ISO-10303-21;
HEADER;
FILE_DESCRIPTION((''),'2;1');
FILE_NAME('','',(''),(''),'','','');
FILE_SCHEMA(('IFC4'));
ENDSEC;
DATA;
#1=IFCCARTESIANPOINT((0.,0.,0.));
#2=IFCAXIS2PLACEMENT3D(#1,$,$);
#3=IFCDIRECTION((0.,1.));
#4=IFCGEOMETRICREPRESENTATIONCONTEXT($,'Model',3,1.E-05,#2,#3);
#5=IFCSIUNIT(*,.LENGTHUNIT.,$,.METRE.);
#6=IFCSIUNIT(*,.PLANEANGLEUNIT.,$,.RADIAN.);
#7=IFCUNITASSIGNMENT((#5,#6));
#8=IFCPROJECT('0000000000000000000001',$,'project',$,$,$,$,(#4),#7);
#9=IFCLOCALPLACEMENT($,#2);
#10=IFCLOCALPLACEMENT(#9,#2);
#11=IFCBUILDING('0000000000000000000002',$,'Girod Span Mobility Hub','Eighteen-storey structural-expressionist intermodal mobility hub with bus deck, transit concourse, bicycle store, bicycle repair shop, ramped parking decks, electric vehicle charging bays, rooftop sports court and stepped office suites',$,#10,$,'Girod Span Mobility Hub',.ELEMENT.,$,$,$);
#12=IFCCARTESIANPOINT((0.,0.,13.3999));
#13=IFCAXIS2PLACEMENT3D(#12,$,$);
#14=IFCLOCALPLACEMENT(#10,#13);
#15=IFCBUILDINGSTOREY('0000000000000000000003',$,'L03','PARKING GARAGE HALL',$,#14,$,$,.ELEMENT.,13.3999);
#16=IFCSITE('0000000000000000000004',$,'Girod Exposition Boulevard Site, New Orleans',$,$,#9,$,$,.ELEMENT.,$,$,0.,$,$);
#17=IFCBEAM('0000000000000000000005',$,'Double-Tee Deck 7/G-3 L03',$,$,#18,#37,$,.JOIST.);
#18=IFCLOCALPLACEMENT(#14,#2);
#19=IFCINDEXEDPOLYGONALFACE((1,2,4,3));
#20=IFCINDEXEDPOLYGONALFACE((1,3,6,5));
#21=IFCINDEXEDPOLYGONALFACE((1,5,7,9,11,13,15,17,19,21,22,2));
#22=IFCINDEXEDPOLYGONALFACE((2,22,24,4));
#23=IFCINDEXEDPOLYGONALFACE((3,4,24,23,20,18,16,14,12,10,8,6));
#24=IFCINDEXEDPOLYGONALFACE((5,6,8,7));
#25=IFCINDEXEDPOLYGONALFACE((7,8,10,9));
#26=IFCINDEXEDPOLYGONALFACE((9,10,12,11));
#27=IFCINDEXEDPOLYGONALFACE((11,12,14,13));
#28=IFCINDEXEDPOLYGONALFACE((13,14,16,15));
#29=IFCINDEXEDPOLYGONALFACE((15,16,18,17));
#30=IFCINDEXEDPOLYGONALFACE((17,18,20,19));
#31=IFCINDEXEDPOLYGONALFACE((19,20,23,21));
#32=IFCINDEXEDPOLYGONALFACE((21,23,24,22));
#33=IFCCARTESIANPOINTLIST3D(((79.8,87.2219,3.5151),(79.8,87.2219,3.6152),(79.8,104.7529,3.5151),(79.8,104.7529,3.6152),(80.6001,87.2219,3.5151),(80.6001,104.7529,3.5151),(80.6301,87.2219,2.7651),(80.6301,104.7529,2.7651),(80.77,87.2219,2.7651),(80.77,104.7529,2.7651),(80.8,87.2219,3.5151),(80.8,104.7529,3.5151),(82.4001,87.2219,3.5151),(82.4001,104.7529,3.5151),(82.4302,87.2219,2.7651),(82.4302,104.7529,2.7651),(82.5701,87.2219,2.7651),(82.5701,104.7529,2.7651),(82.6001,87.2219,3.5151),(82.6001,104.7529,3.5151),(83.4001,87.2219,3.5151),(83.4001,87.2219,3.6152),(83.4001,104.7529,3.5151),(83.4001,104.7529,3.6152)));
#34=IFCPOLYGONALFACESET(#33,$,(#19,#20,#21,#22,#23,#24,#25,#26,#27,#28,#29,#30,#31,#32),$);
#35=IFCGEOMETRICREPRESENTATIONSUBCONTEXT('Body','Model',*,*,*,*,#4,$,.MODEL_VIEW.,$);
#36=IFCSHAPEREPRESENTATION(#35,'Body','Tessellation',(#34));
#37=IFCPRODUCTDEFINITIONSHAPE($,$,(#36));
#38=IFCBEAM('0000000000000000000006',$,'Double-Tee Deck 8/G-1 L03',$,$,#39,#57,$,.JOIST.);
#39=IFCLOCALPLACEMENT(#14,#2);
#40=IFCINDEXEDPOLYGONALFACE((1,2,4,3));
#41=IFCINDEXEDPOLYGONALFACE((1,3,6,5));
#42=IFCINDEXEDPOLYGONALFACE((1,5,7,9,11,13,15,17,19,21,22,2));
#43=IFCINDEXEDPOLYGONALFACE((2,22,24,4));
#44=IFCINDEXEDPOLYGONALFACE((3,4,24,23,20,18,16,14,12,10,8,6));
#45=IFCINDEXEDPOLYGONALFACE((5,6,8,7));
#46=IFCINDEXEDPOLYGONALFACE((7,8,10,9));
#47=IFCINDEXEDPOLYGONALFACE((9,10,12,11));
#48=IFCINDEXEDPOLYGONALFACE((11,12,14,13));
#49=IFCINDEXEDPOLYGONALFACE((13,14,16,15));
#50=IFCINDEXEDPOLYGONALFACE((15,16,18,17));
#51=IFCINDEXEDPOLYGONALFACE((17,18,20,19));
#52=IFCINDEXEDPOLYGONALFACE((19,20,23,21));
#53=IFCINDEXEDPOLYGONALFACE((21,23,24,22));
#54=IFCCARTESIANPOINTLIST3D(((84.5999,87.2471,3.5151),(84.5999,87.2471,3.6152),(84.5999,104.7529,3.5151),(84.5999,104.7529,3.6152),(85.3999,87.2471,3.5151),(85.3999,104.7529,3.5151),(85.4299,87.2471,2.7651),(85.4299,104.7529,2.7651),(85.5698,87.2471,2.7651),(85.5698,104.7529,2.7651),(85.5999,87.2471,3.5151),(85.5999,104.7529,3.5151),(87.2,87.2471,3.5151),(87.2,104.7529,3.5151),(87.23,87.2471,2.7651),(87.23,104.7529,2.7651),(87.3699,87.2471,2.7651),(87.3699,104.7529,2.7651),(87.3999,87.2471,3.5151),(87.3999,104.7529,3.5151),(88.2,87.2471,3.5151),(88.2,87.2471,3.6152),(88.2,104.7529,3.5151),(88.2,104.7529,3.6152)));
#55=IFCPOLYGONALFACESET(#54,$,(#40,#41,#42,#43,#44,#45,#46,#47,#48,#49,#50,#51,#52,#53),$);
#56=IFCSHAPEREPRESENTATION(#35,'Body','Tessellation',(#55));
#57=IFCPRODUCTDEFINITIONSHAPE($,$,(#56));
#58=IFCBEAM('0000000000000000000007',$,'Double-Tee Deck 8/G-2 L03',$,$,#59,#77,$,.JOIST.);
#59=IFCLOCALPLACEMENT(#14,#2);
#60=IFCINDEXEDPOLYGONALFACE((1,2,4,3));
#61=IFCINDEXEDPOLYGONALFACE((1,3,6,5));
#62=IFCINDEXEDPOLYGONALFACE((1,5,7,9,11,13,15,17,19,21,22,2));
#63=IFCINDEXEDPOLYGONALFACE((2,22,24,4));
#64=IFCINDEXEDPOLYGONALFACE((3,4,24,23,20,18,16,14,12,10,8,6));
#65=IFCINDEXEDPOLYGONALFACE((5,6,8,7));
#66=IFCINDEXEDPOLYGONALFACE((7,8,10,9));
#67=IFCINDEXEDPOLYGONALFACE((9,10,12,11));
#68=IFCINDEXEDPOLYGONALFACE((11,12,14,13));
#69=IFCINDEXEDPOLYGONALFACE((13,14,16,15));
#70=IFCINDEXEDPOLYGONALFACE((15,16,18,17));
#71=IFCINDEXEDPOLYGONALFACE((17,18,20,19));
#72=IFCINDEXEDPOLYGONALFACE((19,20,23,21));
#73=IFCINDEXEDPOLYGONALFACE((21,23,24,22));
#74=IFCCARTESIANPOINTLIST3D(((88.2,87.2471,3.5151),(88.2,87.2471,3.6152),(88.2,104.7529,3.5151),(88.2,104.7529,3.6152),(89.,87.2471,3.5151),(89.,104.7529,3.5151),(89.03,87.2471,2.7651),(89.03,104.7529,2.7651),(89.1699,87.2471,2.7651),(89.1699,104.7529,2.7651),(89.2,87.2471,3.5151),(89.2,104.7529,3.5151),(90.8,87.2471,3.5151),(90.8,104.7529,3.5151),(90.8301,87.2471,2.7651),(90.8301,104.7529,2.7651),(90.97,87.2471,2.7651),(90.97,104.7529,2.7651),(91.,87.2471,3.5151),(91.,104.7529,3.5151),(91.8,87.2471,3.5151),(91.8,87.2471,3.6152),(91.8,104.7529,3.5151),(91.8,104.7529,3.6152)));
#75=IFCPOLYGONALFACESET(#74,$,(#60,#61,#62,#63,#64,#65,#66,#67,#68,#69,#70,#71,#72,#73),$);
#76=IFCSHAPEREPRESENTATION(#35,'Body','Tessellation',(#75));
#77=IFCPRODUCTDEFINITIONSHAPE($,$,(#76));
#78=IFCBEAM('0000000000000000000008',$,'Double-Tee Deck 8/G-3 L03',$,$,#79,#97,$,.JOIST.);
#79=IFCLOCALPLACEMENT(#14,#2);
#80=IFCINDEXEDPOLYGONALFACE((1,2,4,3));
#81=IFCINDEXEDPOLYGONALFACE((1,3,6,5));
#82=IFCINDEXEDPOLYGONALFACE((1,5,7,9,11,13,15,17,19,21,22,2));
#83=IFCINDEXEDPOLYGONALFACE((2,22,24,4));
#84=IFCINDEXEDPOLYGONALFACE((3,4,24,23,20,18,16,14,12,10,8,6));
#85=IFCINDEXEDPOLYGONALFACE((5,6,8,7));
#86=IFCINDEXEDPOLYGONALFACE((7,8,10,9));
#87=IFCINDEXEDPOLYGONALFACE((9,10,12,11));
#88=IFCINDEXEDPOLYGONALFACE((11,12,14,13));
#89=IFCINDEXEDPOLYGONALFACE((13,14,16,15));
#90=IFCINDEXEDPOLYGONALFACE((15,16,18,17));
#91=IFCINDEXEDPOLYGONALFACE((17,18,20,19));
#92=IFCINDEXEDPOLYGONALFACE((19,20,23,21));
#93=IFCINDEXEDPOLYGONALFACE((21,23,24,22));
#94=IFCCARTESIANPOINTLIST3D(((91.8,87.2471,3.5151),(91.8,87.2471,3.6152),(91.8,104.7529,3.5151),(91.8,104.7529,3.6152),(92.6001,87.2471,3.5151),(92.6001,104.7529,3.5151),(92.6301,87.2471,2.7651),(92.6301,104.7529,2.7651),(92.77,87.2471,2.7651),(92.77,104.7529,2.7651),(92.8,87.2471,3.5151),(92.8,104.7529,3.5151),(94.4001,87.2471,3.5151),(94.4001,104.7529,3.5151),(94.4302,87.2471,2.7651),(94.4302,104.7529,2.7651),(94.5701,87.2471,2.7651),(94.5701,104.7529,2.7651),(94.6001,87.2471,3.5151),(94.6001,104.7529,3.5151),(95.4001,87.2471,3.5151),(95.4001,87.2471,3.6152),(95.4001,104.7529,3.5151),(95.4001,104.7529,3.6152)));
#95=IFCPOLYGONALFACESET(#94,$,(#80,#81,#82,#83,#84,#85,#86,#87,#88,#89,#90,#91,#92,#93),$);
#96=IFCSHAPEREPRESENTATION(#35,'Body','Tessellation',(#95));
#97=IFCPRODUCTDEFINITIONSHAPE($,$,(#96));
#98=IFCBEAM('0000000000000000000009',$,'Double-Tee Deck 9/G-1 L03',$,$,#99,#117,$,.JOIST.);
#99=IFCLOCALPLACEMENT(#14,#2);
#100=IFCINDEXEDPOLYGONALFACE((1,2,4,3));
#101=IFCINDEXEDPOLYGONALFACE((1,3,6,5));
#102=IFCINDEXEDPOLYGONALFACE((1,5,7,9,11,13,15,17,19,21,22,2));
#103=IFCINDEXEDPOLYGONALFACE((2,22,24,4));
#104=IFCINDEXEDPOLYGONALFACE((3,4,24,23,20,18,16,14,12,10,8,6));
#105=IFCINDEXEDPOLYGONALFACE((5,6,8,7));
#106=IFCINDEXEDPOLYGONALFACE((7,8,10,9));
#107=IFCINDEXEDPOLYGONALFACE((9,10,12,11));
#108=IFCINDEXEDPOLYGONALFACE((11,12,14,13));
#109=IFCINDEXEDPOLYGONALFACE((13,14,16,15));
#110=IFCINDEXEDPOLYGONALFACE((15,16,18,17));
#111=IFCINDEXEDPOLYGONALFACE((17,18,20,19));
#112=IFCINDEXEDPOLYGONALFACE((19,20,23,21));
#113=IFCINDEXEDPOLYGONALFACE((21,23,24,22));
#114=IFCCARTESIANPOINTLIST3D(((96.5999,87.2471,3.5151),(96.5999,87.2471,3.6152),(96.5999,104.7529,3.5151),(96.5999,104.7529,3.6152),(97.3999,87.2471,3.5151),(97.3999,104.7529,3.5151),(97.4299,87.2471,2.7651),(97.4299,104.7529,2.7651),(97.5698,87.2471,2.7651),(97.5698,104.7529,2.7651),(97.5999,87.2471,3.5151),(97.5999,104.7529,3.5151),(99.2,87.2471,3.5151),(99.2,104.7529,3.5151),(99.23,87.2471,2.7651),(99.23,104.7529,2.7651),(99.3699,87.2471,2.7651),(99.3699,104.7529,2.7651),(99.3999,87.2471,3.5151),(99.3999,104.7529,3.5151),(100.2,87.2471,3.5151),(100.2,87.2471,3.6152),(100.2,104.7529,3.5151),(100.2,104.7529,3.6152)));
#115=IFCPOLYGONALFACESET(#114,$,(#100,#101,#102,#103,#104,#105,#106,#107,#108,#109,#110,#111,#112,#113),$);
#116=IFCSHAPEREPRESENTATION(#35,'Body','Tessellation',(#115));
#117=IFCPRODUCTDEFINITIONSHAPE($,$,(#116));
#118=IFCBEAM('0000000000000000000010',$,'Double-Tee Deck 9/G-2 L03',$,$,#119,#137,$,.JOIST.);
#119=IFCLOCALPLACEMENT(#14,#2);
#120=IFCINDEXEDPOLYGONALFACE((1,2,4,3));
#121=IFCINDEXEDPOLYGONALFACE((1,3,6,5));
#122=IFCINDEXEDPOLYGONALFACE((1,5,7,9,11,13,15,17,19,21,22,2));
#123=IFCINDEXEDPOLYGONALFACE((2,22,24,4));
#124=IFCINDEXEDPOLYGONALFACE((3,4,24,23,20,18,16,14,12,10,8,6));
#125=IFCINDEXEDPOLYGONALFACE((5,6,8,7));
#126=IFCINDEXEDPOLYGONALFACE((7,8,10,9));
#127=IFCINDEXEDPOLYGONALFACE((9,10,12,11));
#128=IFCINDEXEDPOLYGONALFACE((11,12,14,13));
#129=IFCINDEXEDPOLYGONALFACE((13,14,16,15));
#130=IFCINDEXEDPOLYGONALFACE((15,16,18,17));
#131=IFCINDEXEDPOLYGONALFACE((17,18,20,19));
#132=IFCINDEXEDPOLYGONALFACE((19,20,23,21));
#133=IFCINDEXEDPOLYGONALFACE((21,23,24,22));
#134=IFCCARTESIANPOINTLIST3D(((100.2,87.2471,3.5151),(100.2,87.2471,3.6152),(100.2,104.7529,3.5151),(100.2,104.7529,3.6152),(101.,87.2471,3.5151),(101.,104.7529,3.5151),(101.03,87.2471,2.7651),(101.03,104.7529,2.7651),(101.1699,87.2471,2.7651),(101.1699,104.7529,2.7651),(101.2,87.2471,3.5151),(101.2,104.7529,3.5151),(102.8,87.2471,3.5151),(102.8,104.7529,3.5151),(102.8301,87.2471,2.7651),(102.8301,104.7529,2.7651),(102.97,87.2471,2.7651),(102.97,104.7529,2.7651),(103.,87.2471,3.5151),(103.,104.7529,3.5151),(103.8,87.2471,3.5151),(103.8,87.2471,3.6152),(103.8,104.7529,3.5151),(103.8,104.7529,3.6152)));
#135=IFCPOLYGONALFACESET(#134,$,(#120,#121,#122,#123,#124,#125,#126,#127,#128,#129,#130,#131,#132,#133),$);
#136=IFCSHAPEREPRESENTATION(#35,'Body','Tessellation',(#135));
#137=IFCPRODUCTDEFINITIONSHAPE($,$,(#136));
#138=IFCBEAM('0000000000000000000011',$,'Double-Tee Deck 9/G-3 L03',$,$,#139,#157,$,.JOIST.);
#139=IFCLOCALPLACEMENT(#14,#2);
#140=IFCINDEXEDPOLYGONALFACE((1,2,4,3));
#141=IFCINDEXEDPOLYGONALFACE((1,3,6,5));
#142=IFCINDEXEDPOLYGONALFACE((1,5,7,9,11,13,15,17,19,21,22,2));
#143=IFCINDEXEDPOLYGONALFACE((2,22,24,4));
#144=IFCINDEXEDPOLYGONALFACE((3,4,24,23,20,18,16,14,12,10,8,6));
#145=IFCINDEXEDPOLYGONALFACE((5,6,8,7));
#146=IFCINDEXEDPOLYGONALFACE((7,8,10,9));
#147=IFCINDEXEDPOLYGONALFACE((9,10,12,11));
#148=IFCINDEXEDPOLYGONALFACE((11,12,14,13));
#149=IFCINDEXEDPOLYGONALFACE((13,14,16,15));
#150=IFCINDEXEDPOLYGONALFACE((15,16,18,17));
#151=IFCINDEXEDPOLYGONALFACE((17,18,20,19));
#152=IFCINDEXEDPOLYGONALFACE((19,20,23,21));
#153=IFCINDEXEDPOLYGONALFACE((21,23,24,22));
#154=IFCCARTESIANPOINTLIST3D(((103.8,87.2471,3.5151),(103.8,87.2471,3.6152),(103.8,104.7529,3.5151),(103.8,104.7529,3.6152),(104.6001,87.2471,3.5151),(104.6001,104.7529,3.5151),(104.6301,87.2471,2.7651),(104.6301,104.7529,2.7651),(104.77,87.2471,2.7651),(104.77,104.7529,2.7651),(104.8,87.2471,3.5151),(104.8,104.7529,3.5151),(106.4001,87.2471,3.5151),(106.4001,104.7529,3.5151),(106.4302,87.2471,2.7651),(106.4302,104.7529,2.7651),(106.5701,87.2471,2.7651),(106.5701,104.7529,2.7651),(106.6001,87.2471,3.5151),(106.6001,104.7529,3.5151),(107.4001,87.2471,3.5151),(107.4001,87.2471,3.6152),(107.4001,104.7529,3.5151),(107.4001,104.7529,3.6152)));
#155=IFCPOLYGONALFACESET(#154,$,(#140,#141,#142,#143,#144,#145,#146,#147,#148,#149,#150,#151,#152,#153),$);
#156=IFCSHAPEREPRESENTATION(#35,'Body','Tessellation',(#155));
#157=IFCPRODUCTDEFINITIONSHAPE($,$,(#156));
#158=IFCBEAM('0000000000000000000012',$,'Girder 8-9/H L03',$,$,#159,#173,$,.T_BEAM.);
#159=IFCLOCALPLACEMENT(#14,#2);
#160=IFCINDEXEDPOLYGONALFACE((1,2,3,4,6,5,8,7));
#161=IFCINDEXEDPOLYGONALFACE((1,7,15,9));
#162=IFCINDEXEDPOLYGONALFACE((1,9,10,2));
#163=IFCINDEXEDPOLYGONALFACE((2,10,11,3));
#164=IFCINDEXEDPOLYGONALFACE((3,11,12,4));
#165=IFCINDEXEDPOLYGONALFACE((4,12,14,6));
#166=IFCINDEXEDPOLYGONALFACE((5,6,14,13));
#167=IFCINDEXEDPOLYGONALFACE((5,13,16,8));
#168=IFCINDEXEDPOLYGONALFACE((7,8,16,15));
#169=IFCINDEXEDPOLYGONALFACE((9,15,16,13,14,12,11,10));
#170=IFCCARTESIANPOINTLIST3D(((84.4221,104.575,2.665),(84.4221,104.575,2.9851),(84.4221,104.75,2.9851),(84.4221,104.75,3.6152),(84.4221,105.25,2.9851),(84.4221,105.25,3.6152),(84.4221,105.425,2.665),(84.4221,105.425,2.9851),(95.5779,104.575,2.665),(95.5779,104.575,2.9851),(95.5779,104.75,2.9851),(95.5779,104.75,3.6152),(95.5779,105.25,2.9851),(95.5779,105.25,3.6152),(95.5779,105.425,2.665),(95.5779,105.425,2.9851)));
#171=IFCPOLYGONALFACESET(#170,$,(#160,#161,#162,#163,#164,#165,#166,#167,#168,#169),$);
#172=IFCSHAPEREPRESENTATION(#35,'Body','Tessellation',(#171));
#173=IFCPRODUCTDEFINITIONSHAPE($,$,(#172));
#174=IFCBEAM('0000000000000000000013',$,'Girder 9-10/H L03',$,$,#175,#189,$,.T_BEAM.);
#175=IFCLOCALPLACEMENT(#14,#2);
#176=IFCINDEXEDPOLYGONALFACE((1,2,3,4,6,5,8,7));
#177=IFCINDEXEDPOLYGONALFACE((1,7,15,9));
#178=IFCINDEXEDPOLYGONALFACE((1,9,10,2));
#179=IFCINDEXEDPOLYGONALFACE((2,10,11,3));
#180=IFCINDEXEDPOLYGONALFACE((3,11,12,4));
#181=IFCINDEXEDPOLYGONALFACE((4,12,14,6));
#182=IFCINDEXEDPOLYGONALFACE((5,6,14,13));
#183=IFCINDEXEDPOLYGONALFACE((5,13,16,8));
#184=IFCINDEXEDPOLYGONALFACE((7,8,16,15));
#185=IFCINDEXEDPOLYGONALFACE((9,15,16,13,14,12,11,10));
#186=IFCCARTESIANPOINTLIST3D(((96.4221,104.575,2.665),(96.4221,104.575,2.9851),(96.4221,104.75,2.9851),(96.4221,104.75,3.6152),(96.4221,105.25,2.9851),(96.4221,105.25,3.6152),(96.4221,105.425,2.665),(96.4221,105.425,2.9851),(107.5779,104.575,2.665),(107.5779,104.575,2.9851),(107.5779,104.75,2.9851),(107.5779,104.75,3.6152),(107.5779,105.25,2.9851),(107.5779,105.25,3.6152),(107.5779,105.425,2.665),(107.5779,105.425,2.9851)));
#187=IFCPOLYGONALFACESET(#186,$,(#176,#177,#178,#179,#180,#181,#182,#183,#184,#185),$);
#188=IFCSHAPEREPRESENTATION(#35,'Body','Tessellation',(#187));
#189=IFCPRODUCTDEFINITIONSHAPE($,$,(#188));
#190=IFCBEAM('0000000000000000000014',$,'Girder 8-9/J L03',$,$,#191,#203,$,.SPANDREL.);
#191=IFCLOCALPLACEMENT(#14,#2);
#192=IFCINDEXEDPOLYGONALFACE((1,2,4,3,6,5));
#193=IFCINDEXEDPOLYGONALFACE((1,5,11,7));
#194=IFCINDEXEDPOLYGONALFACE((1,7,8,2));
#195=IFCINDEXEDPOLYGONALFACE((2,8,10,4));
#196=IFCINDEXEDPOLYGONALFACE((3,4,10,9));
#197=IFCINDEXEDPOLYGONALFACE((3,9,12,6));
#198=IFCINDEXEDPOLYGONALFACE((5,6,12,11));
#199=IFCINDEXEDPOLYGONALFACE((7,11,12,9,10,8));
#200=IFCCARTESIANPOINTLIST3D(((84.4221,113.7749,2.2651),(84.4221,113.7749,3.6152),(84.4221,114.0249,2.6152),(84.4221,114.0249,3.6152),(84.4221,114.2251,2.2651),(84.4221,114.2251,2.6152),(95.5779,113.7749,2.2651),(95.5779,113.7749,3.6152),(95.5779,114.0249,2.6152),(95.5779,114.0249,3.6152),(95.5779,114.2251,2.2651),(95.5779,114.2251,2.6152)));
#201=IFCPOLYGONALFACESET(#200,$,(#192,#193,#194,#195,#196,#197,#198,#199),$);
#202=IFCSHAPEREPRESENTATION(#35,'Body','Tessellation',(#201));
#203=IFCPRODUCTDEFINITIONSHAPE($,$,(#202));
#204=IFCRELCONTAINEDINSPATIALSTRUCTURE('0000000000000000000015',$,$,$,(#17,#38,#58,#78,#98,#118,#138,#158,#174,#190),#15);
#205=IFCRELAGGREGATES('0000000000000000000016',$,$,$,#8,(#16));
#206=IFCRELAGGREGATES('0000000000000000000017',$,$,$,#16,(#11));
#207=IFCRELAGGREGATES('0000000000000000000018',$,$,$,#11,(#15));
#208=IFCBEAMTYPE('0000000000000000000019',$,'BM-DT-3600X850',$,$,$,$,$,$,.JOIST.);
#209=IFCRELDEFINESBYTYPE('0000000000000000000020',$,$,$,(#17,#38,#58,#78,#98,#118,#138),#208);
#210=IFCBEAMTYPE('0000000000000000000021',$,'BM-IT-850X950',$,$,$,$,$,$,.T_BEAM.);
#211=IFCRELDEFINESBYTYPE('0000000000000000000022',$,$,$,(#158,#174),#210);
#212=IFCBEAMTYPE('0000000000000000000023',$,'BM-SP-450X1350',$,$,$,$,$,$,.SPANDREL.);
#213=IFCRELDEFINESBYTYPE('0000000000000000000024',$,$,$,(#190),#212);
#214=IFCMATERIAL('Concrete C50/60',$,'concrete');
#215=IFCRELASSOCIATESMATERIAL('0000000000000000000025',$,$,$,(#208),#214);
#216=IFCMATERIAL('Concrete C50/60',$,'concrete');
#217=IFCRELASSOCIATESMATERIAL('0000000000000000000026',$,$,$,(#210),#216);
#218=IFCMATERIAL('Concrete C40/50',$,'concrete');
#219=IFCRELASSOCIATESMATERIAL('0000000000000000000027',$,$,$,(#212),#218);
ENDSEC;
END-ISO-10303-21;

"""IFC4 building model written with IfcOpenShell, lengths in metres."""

from ifc_helpers import new_model, si_unit, direction, frame, origin, place, context, subcontext, project, spatial, polyline, outline, extrude, material, material_profile, profile_set, type_object, element, save


model = new_model("IFC4")

# Units and contexts
model_context = context("Model", 3, precision=1e-05, world=origin(), true_north=direction((0.0, 1.0)))
body_context = subcontext(model_context, "Body", "Model", "MODEL_VIEW")
ifc_project = project(units=[si_unit("LENGTHUNIT", "METRE"), si_unit("PLANEANGLEUNIT", "RADIAN")], contexts=[model_context])

# Site, building, storey
site_placement = place(None, origin())
site = spatial("IfcSite", under=ifc_project, at=site_placement, Name="Girod Exposition Boulevard Site, New Orleans", CompositionType="ELEMENT", RefElevation=0.0)
building_placement = place(site_placement, origin())
building = spatial("IfcBuilding", under=site, at=building_placement, Name="Girod Span Mobility Hub", Description="Eighteen-storey structural-expressionist intermodal mobility hub with bus deck, transit concourse, bicycle store, bicycle repair shop, ramped parking decks, electric vehicle charging bays, rooftop sports court and stepped office suites", LongName="Girod Span Mobility Hub", CompositionType="ELEMENT")
storey_placement = place(building_placement, frame((0.0, 0.0, 13.3999)))
storey = spatial("IfcBuildingStorey", under=building, at=storey_placement, Name="L03", Description="PARKING GARAGE HALL", CompositionType="ELEMENT", Elevation=13.3999)

# Beams
ifc_material_1 = material(Name="Concrete C50/60", Category="concrete")
ifc_material_profile_1 = material_profile(ifc_material_1, outline(polyline([(-1.8, 0.425), (-1.8, 0.325), (-1.0, 0.325), (-0.97, -0.425), (-0.8301, -0.425), (-0.8, 0.325), (0.8, 0.325), (0.8301, -0.425), (0.97, -0.425), (1.0, 0.325), (1.8, 0.325), (1.8, 0.425), (-1.8, 0.425)])), Name="DT-3600X850")
ifc_profile_set_1 = profile_set([ifc_material_profile_1], Name="Concrete C50/60")
beam_type_1 = type_object("IfcBeamType", Name="BM-DT-3600X850", PredefinedType="JOIST", material=ifc_profile_set_1)
beam_1_placement = place(storey_placement, frame((81.6001, 87.2219, 3.1902), z_axis=(0.0, 1.0, 0.0), x_axis=(-1.0, 0.0, 0.0)))
element("IfcBeam", 1, at=beam_1_placement, inside=storey, type_object=beam_type_1, Name="Double-Tee Deck 7/G-3 L03", PredefinedType="JOIST", context=body_context, shape_type="SweptSolid", body=[
    extrude(outline(polyline([(-1.8, 0.425), (-1.8, 0.325), (-1.0, 0.325), (-0.97, -0.425), (-0.8301, -0.425), (-0.8, 0.325), (0.8, 0.325), (0.8301, -0.425), (0.97, -0.425), (1.0, 0.325), (1.8, 0.325), (1.8, 0.425), (-1.8, 0.425)])), origin(), (0.0, 0.0, 1.0), 17.531),
])
for number, where, z_axis, x_axis, name in (
    (2, (86.3999, 87.2471, 3.1902), (0.0, 1.0, 0.0), (-1.0, 0.0, 0.0), "Double-Tee Deck 8/G-1 L03"),
    (3, (90.0, 87.2471, 3.1902), (0.0, 1.0, 0.0), (-1.0, 0.0, 0.0), "Double-Tee Deck 8/G-2 L03"),
    (4, (93.6001, 87.2471, 3.1902), (0.0, 1.0, 0.0), (-1.0, 0.0, 0.0), "Double-Tee Deck 8/G-3 L03"),
    (5, (98.3999, 87.2471, 3.1902), (0.0, 1.0, 0.0), (-1.0, 0.0, 0.0), "Double-Tee Deck 9/G-1 L03"),
    (6, (102.0, 87.2471, 3.1902), (0.0, 1.0, 0.0), (-1.0, 0.0, 0.0), "Double-Tee Deck 9/G-2 L03"),
    (7, (105.6001, 87.2471, 3.1902), (0.0, 1.0, 0.0), (-1.0, 0.0, 0.0), "Double-Tee Deck 9/G-3 L03"),
):
    element("IfcBeam", number, at=place(storey_placement, frame(where, z_axis=z_axis, x_axis=x_axis)), inside=storey, type_object=beam_type_1, Name=name, PredefinedType="JOIST", context=body_context, shape_type="SweptSolid", body=[
        extrude(outline(polyline([(-1.8, 0.425), (-1.8, 0.325), (-1.0, 0.325), (-0.97, -0.425), (-0.8301, -0.425), (-0.8, 0.325), (0.8, 0.325), (0.8301, -0.425), (0.97, -0.425), (1.0, 0.325), (1.8, 0.325), (1.8, 0.425), (-1.8, 0.425)])), origin(), (0.0, 0.0, 1.0), 17.5059),
    ])
ifc_material_2 = material(Name="Concrete C50/60", Category="concrete")
ifc_material_profile_2 = material_profile(ifc_material_2, outline(polyline([(-0.425, -0.4751), (0.425, -0.4751), (0.425, -0.155), (0.25, -0.155), (0.25, 0.4751), (-0.25, 0.4751), (-0.25, -0.155), (-0.425, -0.155), (-0.425, -0.4751)])), Name="IT-850X950")
ifc_profile_set_2 = profile_set([ifc_material_profile_2], Name="Concrete C50/60")
beam_type_2 = type_object("IfcBeamType", Name="BM-IT-850X950", PredefinedType="T_BEAM", material=ifc_profile_set_2)
for number, where, z_axis, x_axis, name in (
    (8, (84.4221, 105.0, 3.1401), (1.0, 0.0, 0.0), (0.0, 1.0, 0.0), "Girder 8-9/H L03"),
    (9, (96.4221, 105.0, 3.1401), (1.0, 0.0, 0.0), (0.0, 1.0, 0.0), "Girder 9-10/H L03"),
):
    element("IfcBeam", number, at=place(storey_placement, frame(where, z_axis=z_axis, x_axis=x_axis)), inside=storey, type_object=beam_type_2, Name=name, PredefinedType="T_BEAM", context=body_context, shape_type="SweptSolid", body=[
        extrude(outline(polyline([(-0.425, -0.4751), (0.425, -0.4751), (0.425, -0.155), (0.25, -0.155), (0.25, 0.4751), (-0.25, 0.4751), (-0.25, -0.155), (-0.425, -0.155), (-0.425, -0.4751)])), origin(), (0.0, 0.0, 1.0), 11.1558),
    ])
ifc_material_3 = material(Name="Concrete C40/50", Category="concrete")
ifc_material_profile_3 = material_profile(ifc_material_3, outline(polyline([(-0.2251, -0.675), (0.2251, -0.675), (0.2251, -0.325), (0.0249, -0.325), (0.0249, 0.675), (-0.2251, 0.675), (-0.2251, -0.675)])), Name="SP-450X1350")
ifc_profile_set_3 = profile_set([ifc_material_profile_3], Name="Concrete C40/50")
beam_type_3 = type_object("IfcBeamType", Name="BM-SP-450X1350", PredefinedType="SPANDREL", material=ifc_profile_set_3)
for number, where, z_axis, x_axis, name in (
    (10, (84.4221, 114.0, 2.9402), (1.0, 0.0, 0.0), (0.0, 1.0, 0.0), "Girder 8-9/J L03"),
):
    element("IfcBeam", number, at=place(storey_placement, frame(where, z_axis=z_axis, x_axis=x_axis)), inside=storey, type_object=beam_type_3, Name=name, PredefinedType="SPANDREL", context=body_context, shape_type="SweptSolid", body=[
        extrude(outline(polyline([(-0.2251, -0.675), (0.2251, -0.675), (0.2251, -0.325), (0.0249, -0.325), (0.0249, 0.675), (-0.2251, 0.675), (-0.2251, -0.675)])), origin(), (0.0, 0.0, 1.0), 11.1558),
    ])

save(model, "model.ifc")
